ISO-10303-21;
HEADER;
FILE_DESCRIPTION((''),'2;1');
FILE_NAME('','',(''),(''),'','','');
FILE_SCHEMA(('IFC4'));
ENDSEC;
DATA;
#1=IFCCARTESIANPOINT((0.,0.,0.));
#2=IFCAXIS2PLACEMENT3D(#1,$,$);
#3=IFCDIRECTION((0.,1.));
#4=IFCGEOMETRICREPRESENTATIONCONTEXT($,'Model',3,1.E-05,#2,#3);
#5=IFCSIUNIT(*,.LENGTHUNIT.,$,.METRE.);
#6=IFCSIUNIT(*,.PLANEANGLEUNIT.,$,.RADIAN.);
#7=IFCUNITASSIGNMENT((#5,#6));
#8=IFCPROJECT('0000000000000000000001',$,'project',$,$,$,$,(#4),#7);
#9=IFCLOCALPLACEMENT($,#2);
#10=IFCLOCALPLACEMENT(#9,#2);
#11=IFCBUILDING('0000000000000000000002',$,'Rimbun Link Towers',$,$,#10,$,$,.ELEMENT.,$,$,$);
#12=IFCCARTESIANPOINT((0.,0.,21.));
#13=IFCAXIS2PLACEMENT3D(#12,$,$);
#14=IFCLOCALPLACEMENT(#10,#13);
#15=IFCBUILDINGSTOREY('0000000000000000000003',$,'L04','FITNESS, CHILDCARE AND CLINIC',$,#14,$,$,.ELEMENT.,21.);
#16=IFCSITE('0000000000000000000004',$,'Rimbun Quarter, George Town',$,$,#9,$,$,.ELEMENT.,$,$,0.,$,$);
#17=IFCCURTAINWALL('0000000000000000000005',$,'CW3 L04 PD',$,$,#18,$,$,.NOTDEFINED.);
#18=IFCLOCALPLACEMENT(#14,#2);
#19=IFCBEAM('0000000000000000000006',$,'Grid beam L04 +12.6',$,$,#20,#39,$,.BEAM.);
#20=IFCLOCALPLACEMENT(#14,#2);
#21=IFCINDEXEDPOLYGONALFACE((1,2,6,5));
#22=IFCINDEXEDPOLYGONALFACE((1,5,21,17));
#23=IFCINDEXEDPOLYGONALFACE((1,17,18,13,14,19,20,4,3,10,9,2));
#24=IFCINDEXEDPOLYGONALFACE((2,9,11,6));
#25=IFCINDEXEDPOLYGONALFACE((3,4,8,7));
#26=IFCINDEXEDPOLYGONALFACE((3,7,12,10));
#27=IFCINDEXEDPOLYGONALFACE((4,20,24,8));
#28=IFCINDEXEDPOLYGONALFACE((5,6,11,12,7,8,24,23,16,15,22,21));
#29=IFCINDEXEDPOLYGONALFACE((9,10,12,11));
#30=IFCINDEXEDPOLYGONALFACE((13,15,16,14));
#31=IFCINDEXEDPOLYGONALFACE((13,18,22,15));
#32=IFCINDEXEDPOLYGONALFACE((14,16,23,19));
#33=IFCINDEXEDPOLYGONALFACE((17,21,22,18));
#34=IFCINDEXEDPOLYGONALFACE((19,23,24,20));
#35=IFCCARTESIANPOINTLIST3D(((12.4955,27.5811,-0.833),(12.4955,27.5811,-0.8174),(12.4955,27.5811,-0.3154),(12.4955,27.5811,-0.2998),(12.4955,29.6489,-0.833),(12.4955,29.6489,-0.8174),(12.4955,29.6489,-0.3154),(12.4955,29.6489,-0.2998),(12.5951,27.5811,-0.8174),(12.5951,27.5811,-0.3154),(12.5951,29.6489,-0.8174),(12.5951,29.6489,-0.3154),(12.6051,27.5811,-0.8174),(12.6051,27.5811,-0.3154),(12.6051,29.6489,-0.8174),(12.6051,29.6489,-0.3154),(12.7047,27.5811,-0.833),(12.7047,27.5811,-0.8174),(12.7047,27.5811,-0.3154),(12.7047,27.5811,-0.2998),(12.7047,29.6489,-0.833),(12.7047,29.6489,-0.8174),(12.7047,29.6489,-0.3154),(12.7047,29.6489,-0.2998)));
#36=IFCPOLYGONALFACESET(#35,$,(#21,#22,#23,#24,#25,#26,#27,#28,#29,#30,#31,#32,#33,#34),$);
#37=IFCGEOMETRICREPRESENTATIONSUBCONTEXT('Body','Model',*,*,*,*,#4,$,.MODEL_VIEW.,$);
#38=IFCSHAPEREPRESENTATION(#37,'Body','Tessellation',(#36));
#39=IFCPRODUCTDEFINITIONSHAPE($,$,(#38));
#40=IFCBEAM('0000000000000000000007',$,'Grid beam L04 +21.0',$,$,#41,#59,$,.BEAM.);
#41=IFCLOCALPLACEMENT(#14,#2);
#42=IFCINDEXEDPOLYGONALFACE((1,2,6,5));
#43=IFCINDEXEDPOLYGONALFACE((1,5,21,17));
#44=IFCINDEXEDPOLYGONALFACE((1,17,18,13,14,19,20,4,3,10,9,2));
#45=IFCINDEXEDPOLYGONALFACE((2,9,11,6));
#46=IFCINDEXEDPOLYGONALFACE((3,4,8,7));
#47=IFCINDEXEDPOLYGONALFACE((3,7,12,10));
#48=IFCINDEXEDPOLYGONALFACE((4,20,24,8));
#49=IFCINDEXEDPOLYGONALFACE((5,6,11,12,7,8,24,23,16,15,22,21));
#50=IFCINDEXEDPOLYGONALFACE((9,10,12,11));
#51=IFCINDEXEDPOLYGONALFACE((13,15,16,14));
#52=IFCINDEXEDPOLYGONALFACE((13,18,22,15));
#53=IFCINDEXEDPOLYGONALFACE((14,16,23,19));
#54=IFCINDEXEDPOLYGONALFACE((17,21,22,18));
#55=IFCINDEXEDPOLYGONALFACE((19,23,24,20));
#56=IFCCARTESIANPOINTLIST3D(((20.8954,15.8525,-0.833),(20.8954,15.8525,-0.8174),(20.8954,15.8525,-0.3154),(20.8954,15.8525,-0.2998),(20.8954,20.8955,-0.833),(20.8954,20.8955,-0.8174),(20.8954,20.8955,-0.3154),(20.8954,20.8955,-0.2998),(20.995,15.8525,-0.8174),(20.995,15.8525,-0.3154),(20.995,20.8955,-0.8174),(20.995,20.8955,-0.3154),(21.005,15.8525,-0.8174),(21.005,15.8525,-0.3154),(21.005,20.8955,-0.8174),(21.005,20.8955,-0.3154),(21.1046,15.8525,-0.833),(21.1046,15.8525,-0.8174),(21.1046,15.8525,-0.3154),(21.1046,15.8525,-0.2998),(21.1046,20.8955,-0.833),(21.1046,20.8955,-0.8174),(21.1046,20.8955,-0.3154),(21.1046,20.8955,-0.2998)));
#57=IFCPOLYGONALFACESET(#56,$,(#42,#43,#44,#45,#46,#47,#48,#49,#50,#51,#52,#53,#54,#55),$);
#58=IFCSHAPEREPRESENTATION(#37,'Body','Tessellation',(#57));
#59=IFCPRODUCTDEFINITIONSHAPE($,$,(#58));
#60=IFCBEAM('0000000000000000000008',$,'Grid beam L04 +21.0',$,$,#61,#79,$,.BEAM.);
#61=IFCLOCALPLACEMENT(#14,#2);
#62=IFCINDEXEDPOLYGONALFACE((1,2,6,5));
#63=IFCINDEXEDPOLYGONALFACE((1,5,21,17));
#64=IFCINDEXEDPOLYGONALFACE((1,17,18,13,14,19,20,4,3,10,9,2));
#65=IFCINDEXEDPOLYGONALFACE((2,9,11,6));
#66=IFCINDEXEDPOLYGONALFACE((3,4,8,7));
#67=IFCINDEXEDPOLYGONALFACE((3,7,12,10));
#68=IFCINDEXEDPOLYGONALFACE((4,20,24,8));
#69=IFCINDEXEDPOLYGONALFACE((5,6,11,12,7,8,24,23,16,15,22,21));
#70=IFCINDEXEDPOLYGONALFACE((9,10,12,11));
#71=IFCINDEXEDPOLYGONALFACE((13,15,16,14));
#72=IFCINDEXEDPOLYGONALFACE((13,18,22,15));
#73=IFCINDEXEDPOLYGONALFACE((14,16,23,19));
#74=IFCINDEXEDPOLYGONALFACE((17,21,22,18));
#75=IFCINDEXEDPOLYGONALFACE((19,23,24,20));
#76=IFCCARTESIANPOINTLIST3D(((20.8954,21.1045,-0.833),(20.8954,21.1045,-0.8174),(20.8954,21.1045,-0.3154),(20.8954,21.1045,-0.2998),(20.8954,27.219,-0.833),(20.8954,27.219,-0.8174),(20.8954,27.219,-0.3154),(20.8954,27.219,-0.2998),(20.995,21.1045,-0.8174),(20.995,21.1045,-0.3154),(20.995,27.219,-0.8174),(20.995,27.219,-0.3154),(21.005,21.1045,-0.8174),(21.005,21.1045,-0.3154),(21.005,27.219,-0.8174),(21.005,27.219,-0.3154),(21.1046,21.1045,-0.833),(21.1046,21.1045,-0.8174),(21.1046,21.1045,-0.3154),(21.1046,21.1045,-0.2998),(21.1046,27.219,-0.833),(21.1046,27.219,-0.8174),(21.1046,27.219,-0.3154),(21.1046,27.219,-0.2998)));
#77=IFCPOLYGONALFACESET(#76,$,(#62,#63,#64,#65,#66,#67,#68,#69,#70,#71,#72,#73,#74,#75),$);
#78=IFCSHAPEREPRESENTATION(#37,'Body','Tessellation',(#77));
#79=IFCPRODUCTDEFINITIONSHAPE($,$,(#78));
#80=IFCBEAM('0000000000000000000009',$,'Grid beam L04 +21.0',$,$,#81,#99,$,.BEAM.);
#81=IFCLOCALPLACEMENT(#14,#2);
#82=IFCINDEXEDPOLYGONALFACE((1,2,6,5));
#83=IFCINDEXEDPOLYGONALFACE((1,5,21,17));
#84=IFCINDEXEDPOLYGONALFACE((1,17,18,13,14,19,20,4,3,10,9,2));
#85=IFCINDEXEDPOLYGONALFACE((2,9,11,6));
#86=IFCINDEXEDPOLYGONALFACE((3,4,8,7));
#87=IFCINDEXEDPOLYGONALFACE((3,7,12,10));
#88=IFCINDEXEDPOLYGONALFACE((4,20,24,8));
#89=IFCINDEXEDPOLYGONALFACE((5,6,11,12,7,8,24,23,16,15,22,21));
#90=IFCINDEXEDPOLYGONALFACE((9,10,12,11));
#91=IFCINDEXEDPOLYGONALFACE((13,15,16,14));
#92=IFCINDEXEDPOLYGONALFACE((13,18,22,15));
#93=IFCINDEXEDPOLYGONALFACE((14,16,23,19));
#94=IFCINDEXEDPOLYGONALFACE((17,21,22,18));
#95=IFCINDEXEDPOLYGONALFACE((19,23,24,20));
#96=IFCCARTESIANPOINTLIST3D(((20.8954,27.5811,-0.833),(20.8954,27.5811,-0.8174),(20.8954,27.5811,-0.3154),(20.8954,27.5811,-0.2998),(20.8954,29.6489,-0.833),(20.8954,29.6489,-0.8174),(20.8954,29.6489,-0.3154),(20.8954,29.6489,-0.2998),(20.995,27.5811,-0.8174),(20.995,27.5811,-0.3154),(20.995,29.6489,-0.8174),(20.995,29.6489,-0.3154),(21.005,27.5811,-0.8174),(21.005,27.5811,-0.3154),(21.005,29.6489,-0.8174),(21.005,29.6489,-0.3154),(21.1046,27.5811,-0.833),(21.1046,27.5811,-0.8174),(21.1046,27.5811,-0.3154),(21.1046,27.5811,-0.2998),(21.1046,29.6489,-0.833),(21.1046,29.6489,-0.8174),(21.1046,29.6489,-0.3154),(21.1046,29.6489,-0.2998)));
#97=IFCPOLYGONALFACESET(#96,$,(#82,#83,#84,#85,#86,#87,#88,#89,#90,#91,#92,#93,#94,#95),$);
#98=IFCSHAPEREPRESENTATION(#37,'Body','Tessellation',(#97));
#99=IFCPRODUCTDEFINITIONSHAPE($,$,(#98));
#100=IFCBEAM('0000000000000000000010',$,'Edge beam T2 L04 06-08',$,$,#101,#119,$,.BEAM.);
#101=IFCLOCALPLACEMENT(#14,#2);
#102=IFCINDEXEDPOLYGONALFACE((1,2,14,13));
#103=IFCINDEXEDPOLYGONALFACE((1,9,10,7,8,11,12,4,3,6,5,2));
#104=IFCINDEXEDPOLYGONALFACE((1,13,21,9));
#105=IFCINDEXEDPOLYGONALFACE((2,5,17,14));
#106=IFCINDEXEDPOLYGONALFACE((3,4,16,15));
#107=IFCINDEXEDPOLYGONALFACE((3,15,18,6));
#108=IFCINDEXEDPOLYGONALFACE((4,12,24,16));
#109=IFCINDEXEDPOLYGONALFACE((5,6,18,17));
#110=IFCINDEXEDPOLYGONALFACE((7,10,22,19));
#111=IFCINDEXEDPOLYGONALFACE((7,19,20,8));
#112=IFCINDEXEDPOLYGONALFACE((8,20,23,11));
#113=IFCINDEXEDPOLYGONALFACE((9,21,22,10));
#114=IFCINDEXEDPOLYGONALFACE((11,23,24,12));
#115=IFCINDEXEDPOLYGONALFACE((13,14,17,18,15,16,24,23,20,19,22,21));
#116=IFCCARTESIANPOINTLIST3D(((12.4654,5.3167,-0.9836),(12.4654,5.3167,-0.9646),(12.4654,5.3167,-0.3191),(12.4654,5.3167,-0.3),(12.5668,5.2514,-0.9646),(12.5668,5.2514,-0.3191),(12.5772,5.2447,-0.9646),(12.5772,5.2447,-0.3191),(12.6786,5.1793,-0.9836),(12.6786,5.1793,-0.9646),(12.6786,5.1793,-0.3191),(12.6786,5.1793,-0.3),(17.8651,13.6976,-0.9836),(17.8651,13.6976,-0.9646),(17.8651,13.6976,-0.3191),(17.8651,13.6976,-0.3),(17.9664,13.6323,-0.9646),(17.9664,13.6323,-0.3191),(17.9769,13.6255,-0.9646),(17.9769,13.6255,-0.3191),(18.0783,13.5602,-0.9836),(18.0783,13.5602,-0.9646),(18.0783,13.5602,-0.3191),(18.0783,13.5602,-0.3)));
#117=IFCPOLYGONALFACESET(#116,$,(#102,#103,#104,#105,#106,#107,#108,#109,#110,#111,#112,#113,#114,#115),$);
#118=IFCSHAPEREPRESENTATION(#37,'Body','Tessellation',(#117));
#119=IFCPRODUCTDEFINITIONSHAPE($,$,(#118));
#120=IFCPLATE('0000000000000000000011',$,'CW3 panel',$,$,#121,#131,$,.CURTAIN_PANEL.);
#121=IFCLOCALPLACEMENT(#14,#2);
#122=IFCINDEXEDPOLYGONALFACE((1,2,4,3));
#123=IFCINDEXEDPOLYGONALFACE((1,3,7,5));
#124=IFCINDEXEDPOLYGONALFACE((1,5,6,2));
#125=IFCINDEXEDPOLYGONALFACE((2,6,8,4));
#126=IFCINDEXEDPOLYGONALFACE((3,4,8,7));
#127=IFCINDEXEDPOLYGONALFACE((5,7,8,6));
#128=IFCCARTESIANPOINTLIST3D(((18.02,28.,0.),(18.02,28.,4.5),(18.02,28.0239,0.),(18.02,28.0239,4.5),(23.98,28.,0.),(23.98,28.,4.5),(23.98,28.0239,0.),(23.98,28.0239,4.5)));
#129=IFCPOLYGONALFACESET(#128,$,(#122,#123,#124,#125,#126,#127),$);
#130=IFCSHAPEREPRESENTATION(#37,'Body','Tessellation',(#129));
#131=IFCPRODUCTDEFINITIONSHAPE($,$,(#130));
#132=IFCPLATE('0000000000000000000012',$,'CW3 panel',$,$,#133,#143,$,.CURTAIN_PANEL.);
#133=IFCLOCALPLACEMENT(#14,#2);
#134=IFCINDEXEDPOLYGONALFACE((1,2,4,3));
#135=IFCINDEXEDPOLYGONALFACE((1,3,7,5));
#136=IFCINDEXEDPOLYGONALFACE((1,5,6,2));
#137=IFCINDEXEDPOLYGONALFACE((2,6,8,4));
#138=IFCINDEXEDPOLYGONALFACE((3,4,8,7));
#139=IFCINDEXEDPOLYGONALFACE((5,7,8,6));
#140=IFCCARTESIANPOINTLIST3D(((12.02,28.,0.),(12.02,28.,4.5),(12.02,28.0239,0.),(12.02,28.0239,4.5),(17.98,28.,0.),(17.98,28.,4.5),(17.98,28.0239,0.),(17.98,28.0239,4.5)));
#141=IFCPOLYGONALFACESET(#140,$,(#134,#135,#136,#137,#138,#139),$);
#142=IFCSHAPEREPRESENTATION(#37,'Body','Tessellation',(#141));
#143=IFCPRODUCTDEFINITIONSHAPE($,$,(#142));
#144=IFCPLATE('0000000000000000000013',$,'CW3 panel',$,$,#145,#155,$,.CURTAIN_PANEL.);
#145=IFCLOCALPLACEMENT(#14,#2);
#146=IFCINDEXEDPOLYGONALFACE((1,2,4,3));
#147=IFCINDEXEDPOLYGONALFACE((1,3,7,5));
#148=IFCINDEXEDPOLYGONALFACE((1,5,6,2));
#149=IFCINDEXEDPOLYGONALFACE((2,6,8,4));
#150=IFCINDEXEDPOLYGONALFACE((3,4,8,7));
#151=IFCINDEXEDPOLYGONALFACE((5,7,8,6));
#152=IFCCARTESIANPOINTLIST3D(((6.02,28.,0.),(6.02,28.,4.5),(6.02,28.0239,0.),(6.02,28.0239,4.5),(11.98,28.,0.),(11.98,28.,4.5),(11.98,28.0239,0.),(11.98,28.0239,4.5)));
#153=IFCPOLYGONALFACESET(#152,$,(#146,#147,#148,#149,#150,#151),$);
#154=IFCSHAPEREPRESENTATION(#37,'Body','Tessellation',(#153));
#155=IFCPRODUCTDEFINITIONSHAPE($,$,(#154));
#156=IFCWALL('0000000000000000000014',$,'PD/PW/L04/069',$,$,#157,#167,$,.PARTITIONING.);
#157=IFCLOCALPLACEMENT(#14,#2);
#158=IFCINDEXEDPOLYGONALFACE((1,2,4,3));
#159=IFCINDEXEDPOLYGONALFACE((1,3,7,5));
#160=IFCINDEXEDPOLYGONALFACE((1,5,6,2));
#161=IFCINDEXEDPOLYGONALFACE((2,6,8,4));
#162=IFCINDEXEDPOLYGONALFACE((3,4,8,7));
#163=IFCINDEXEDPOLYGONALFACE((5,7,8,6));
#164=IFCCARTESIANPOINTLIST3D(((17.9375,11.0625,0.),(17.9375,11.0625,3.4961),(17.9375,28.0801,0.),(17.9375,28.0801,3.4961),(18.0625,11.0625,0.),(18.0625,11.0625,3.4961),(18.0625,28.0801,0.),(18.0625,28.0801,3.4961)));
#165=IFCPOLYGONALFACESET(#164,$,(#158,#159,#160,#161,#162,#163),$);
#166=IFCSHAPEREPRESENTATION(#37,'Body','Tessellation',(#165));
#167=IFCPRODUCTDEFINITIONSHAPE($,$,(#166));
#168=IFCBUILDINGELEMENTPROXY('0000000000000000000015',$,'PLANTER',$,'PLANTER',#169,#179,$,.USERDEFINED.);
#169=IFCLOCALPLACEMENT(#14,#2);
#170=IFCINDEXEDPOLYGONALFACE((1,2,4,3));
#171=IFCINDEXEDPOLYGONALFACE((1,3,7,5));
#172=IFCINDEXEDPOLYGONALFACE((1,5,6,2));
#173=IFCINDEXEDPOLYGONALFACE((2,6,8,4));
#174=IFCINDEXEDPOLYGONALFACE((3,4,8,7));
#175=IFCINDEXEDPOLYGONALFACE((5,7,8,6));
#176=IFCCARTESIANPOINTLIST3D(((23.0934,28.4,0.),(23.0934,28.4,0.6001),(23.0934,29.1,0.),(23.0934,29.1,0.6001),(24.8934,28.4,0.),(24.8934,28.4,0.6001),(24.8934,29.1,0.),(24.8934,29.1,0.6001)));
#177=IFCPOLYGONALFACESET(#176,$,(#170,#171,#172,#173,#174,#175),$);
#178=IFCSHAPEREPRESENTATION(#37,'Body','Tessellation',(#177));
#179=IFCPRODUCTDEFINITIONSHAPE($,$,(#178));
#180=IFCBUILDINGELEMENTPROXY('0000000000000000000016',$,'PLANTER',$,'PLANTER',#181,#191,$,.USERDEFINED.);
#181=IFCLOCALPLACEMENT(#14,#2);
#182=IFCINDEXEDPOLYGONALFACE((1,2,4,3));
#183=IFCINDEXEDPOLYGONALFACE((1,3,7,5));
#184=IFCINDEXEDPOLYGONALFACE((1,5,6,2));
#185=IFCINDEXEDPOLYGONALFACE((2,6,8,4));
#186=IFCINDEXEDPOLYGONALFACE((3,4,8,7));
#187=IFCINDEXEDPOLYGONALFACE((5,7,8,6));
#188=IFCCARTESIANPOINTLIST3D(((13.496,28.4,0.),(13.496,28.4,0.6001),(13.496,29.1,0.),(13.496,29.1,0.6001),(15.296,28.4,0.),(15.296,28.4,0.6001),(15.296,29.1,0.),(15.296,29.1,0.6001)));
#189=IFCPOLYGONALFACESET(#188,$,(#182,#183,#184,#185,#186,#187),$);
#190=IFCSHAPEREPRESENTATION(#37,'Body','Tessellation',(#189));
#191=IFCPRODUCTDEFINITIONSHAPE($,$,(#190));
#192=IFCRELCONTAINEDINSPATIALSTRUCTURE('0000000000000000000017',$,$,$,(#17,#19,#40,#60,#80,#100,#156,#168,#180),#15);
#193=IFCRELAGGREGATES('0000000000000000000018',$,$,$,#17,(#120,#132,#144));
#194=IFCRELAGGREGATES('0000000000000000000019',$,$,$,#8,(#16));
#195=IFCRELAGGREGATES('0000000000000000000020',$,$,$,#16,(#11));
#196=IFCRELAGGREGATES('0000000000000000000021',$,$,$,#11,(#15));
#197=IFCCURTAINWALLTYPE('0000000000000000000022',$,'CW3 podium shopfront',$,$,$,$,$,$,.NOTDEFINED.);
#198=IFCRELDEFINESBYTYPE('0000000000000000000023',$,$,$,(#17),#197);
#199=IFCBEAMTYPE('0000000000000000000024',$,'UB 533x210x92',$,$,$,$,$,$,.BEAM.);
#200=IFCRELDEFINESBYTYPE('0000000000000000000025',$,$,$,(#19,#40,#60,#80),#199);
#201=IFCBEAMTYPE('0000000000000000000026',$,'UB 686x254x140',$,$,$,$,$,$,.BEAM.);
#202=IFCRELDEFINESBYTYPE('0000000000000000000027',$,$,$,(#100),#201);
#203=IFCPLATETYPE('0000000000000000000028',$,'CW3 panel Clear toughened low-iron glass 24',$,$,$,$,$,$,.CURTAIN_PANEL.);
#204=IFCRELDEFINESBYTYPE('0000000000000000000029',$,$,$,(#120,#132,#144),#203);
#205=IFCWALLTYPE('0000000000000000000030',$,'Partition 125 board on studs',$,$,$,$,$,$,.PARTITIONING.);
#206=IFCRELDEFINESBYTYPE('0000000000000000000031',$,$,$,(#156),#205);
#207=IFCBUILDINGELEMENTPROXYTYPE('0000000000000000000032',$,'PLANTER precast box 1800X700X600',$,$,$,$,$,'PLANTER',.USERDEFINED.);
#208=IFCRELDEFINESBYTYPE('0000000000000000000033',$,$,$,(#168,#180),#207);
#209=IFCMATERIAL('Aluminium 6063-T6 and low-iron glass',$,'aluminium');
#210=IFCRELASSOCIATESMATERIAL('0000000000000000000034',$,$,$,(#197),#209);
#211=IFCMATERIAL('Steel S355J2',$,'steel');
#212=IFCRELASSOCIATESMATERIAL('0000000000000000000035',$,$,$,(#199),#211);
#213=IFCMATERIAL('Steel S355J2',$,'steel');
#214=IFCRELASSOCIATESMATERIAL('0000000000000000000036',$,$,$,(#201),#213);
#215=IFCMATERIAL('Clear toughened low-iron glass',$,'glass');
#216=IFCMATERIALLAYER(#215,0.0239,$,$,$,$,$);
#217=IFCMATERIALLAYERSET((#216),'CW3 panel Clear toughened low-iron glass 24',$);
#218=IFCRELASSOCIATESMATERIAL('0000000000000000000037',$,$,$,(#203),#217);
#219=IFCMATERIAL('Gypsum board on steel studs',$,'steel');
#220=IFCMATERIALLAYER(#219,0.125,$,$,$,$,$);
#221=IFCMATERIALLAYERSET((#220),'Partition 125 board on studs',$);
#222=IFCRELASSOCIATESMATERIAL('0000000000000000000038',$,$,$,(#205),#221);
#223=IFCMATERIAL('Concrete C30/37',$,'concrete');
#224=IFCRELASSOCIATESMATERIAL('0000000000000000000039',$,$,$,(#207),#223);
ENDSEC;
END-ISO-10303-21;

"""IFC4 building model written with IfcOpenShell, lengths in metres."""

from ifc_helpers import new_model, si_unit, direction, frame, frame_2d, origin, origin_2d, place, context, subcontext, project, spatial, rectangle, i_section, extrude, material, layer, layer_set, material_profile, profile_set, type_object, element, aggregate, save


model = new_model("IFC4")

# Units and contexts
model_context = context("Model", 3, precision=1e-05, world=origin(), true_north=direction((0.0, 1.0)))
body_context = subcontext(model_context, "Body", "Model", "MODEL_VIEW")
ifc_project = project(units=[si_unit("LENGTHUNIT", "METRE"), si_unit("PLANEANGLEUNIT", "RADIAN")], contexts=[model_context])

# Site, building, storey
site_placement = place(None, origin())
site = spatial("IfcSite", under=ifc_project, at=site_placement, Name="Rimbun Quarter, George Town", CompositionType="ELEMENT", RefElevation=0.0)
building_placement = place(site_placement, origin())
building = spatial("IfcBuilding", under=site, at=building_placement, Name="Rimbun Link Towers", CompositionType="ELEMENT")
storey_placement = place(building_placement, frame((0.0, 0.0, 21.0)))
storey = spatial("IfcBuildingStorey", under=building, at=storey_placement, Name="L04", Description="FITNESS, CHILDCARE AND CLINIC", CompositionType="ELEMENT", Elevation=21.0)

# Curtain wall
ifc_material_1 = material(Name="Aluminium 6063-T6 and low-iron glass", Category="aluminium")
curtain_wall_type = type_object("IfcCurtainWallType", Name="CW3 podium shopfront", PredefinedType="NOTDEFINED", material=ifc_material_1)
curtain_wall_placement = place(storey_placement, origin())
curtain_wall = element("IfcCurtainWall", 1, at=curtain_wall_placement, inside=storey, type_object=curtain_wall_type, Name="CW3 L04 PD", PredefinedType="NOTDEFINED")

# Beams
ifc_material_2 = material(Name="Steel S355J2", Category="steel")
ifc_material_profile_1 = material_profile(ifc_material_2, i_section(OverallWidth=0.2092, OverallDepth=0.5332, WebThickness=0.01, FlangeThickness=0.0156, at=origin_2d()), Name="UB 533x210x92")
ifc_profile_set_1 = profile_set([ifc_material_profile_1], Name="Steel S355J2")
beam_type_1 = type_object("IfcBeamType", Name="UB 533x210x92", PredefinedType="BEAM", material=ifc_profile_set_1)
beam_1_placement = place(storey_placement, frame((12.6001, 27.5811, -0.5664), z_axis=(0.0, 1.0, 0.0), x_axis=(-1.0, 0.0, 0.0)))
element("IfcBeam", 2, at=beam_1_placement, inside=storey, type_object=beam_type_1, Name="Grid beam L04 +12.6", PredefinedType="BEAM", context=body_context, shape_type="SweptSolid", body=[
    extrude(i_section(OverallWidth=0.2092, OverallDepth=0.5332, WebThickness=0.01, FlangeThickness=0.0156, at=origin_2d()), origin(), (0.0, 0.0, 1.0), 2.0679),
])
beam_2_placement = place(storey_placement, frame((21.0, 15.8525, -0.5664), z_axis=(0.0, 1.0, 0.0), x_axis=(-1.0, 0.0, 0.0)))
element("IfcBeam", 3, at=beam_2_placement, inside=storey, type_object=beam_type_1, Name="Grid beam L04 +21.0", PredefinedType="BEAM", context=body_context, shape_type="SweptSolid", body=[
    extrude(i_section(OverallWidth=0.2092, OverallDepth=0.5332, WebThickness=0.01, FlangeThickness=0.0156, at=origin_2d()), origin(), (0.0, 0.0, 1.0), 5.043),
])
beam_3_placement = place(storey_placement, frame((21.0, 21.1045, -0.5664), z_axis=(0.0, 1.0, 0.0), x_axis=(-1.0, 0.0, 0.0)))
element("IfcBeam", 4, at=beam_3_placement, inside=storey, type_object=beam_type_1, Name="Grid beam L04 +21.0", PredefinedType="BEAM", context=body_context, shape_type="SweptSolid", body=[
    extrude(i_section(OverallWidth=0.2092, OverallDepth=0.5332, WebThickness=0.01, FlangeThickness=0.0156, at=origin_2d()), origin(), (0.0, 0.0, 1.0), 6.1145),
])
beam_4_placement = place(storey_placement, frame((21.0, 27.5811, -0.5664), z_axis=(0.0, 1.0, 0.0), x_axis=(-1.0, 0.0, 0.0)))
element("IfcBeam", 5, at=beam_4_placement, inside=storey, type_object=beam_type_1, Name="Grid beam L04 +21.0", PredefinedType="BEAM", context=body_context, shape_type="SweptSolid", body=[
    extrude(i_section(OverallWidth=0.2092, OverallDepth=0.5332, WebThickness=0.01, FlangeThickness=0.0156, at=origin_2d()), origin(), (0.0, 0.0, 1.0), 2.0679),
])
ifc_material_3 = material(Name="Steel S355J2", Category="steel")
ifc_material_profile_2 = material_profile(ifc_material_3, i_section(OverallWidth=0.2537, OverallDepth=0.6836, WebThickness=0.0125, FlangeThickness=0.019, at=origin_2d()), Name="UB 686x254x140")
ifc_profile_set_2 = profile_set([ifc_material_profile_2], Name="Steel S355J2")
beam_type_2 = type_object("IfcBeamType", Name="UB 686x254x140", PredefinedType="BEAM", material=ifc_profile_set_2)
beam_5_placement = place(storey_placement, frame((17.9717, 13.6289, -0.6418), z_axis=(-0.541606, -0.840632, 0.0), x_axis=(0.840632, -0.541606, 0.0)))
element("IfcBeam", 6, at=beam_5_placement, inside=storey, type_object=beam_type_2, Name="Edge beam T2 L04 06-08", PredefinedType="BEAM", context=body_context, shape_type="SweptSolid", body=[
    extrude(i_section(OverallWidth=0.2537, OverallDepth=0.6836, WebThickness=0.0125, FlangeThickness=0.019, at=origin_2d()), origin(), (0.0, 0.0, 1.0), 9.9697),
])

# Plates
ifc_material_4 = material(Name="Clear toughened low-iron glass", Category="glass")
ifc_layer_1 = layer(ifc_material_4, 0.0239)
ifc_layer_set_1 = layer_set([ifc_layer_1], Name="CW3 panel Clear toughened low-iron glass 24")
plate_type = type_object("IfcPlateType", Name="CW3 panel Clear toughened low-iron glass 24", PredefinedType="CURTAIN_PANEL", material=ifc_layer_set_1)
plate_1_placement = place(storey_placement, frame((21.0, 28.012, 0.0), z_axis=(0.0, 0.0, 1.0), x_axis=(1.0, 0.0, 0.0)))
plate_1 = element("IfcPlate", 7, at=plate_1_placement, type_object=plate_type, Name="CW3 panel", PredefinedType="CURTAIN_PANEL", context=body_context, shape_type="SweptSolid", body=[
    extrude(rectangle(XDim=5.96, YDim=0.0239, at=origin_2d()), origin(), (0.0, 0.0, 1.0), 4.5),
])
plate_2_placement = place(storey_placement, frame((15.0, 28.012, 0.0), z_axis=(0.0, 0.0, 1.0), x_axis=(1.0, 0.0, 0.0)))
plate_2 = element("IfcPlate", 8, at=plate_2_placement, type_object=plate_type, Name="CW3 panel", PredefinedType="CURTAIN_PANEL", context=body_context, shape_type="SweptSolid", body=[
    extrude(rectangle(XDim=5.96, YDim=0.0239, at=origin_2d()), origin(), (0.0, 0.0, 1.0), 4.5),
])
plate_3_placement = place(storey_placement, frame((9.0, 28.012, 0.0), z_axis=(0.0, 0.0, 1.0), x_axis=(1.0, 0.0, 0.0)))
plate_3 = element("IfcPlate", 9, at=plate_3_placement, type_object=plate_type, Name="CW3 panel", PredefinedType="CURTAIN_PANEL", context=body_context, shape_type="SweptSolid", body=[
    extrude(rectangle(XDim=5.96, YDim=0.0239, at=origin_2d()), origin(), (0.0, 0.0, 1.0), 4.5),
])
aggregate(curtain_wall, [plate_1, plate_2, plate_3])

# Wall
ifc_material_5 = material(Name="Gypsum board on steel studs", Category="steel")
ifc_layer_2 = layer(ifc_material_5, 0.125)
ifc_layer_set_2 = layer_set([ifc_layer_2], Name="Partition 125 board on studs")
wall_type = type_object("IfcWallType", Name="Partition 125 board on studs", PredefinedType="PARTITIONING", material=ifc_layer_set_2)
wall_placement = place(storey_placement, frame((18.0, 11.0625, 0.0), z_axis=(0.0, 0.0, 1.0), x_axis=(0.0, 1.0, 0.0)))
element("IfcWall", 10, at=wall_placement, inside=storey, type_object=wall_type, Name="PD/PW/L04/069", PredefinedType="PARTITIONING", context=body_context, shape_type="SweptSolid", body=[
    extrude(rectangle(XDim=17.0176, YDim=0.125, at=frame_2d((8.5088, 0.0))), origin(), (0.0, 0.0, 1.0), 3.4961),
])

# Building element proxies
ifc_material_6 = material(Name="Concrete C30/37", Category="concrete")
building_element_proxy_type = type_object("IfcBuildingElementProxyType", Name="PLANTER precast box 1800X700X600", ElementType="PLANTER", PredefinedType="USERDEFINED", material=ifc_material_6)
for number, where, z_axis, x_axis, name in (
    (11, (23.9934, 28.75, 0.0), (0.0, 0.0, 1.0), (-1.0, 0.0, 0.0), "PLANTER"),
    (12, (14.396, 28.75, 0.0), (0.0, 0.0, 1.0), (-1.0, 0.0, 0.0), "PLANTER"),
):
    element("IfcBuildingElementProxy", number, at=place(storey_placement, frame(where, z_axis=z_axis, x_axis=x_axis)), inside=storey, type_object=building_element_proxy_type, Name=name, ObjectType="PLANTER", PredefinedType="USERDEFINED", context=body_context, shape_type="SweptSolid", body=[
        extrude(rectangle(XDim=1.8, YDim=0.7, at=origin_2d()), origin(), (0.0, 0.0, 1.0), 0.6001),
    ])

save(model, "model.ifc")
